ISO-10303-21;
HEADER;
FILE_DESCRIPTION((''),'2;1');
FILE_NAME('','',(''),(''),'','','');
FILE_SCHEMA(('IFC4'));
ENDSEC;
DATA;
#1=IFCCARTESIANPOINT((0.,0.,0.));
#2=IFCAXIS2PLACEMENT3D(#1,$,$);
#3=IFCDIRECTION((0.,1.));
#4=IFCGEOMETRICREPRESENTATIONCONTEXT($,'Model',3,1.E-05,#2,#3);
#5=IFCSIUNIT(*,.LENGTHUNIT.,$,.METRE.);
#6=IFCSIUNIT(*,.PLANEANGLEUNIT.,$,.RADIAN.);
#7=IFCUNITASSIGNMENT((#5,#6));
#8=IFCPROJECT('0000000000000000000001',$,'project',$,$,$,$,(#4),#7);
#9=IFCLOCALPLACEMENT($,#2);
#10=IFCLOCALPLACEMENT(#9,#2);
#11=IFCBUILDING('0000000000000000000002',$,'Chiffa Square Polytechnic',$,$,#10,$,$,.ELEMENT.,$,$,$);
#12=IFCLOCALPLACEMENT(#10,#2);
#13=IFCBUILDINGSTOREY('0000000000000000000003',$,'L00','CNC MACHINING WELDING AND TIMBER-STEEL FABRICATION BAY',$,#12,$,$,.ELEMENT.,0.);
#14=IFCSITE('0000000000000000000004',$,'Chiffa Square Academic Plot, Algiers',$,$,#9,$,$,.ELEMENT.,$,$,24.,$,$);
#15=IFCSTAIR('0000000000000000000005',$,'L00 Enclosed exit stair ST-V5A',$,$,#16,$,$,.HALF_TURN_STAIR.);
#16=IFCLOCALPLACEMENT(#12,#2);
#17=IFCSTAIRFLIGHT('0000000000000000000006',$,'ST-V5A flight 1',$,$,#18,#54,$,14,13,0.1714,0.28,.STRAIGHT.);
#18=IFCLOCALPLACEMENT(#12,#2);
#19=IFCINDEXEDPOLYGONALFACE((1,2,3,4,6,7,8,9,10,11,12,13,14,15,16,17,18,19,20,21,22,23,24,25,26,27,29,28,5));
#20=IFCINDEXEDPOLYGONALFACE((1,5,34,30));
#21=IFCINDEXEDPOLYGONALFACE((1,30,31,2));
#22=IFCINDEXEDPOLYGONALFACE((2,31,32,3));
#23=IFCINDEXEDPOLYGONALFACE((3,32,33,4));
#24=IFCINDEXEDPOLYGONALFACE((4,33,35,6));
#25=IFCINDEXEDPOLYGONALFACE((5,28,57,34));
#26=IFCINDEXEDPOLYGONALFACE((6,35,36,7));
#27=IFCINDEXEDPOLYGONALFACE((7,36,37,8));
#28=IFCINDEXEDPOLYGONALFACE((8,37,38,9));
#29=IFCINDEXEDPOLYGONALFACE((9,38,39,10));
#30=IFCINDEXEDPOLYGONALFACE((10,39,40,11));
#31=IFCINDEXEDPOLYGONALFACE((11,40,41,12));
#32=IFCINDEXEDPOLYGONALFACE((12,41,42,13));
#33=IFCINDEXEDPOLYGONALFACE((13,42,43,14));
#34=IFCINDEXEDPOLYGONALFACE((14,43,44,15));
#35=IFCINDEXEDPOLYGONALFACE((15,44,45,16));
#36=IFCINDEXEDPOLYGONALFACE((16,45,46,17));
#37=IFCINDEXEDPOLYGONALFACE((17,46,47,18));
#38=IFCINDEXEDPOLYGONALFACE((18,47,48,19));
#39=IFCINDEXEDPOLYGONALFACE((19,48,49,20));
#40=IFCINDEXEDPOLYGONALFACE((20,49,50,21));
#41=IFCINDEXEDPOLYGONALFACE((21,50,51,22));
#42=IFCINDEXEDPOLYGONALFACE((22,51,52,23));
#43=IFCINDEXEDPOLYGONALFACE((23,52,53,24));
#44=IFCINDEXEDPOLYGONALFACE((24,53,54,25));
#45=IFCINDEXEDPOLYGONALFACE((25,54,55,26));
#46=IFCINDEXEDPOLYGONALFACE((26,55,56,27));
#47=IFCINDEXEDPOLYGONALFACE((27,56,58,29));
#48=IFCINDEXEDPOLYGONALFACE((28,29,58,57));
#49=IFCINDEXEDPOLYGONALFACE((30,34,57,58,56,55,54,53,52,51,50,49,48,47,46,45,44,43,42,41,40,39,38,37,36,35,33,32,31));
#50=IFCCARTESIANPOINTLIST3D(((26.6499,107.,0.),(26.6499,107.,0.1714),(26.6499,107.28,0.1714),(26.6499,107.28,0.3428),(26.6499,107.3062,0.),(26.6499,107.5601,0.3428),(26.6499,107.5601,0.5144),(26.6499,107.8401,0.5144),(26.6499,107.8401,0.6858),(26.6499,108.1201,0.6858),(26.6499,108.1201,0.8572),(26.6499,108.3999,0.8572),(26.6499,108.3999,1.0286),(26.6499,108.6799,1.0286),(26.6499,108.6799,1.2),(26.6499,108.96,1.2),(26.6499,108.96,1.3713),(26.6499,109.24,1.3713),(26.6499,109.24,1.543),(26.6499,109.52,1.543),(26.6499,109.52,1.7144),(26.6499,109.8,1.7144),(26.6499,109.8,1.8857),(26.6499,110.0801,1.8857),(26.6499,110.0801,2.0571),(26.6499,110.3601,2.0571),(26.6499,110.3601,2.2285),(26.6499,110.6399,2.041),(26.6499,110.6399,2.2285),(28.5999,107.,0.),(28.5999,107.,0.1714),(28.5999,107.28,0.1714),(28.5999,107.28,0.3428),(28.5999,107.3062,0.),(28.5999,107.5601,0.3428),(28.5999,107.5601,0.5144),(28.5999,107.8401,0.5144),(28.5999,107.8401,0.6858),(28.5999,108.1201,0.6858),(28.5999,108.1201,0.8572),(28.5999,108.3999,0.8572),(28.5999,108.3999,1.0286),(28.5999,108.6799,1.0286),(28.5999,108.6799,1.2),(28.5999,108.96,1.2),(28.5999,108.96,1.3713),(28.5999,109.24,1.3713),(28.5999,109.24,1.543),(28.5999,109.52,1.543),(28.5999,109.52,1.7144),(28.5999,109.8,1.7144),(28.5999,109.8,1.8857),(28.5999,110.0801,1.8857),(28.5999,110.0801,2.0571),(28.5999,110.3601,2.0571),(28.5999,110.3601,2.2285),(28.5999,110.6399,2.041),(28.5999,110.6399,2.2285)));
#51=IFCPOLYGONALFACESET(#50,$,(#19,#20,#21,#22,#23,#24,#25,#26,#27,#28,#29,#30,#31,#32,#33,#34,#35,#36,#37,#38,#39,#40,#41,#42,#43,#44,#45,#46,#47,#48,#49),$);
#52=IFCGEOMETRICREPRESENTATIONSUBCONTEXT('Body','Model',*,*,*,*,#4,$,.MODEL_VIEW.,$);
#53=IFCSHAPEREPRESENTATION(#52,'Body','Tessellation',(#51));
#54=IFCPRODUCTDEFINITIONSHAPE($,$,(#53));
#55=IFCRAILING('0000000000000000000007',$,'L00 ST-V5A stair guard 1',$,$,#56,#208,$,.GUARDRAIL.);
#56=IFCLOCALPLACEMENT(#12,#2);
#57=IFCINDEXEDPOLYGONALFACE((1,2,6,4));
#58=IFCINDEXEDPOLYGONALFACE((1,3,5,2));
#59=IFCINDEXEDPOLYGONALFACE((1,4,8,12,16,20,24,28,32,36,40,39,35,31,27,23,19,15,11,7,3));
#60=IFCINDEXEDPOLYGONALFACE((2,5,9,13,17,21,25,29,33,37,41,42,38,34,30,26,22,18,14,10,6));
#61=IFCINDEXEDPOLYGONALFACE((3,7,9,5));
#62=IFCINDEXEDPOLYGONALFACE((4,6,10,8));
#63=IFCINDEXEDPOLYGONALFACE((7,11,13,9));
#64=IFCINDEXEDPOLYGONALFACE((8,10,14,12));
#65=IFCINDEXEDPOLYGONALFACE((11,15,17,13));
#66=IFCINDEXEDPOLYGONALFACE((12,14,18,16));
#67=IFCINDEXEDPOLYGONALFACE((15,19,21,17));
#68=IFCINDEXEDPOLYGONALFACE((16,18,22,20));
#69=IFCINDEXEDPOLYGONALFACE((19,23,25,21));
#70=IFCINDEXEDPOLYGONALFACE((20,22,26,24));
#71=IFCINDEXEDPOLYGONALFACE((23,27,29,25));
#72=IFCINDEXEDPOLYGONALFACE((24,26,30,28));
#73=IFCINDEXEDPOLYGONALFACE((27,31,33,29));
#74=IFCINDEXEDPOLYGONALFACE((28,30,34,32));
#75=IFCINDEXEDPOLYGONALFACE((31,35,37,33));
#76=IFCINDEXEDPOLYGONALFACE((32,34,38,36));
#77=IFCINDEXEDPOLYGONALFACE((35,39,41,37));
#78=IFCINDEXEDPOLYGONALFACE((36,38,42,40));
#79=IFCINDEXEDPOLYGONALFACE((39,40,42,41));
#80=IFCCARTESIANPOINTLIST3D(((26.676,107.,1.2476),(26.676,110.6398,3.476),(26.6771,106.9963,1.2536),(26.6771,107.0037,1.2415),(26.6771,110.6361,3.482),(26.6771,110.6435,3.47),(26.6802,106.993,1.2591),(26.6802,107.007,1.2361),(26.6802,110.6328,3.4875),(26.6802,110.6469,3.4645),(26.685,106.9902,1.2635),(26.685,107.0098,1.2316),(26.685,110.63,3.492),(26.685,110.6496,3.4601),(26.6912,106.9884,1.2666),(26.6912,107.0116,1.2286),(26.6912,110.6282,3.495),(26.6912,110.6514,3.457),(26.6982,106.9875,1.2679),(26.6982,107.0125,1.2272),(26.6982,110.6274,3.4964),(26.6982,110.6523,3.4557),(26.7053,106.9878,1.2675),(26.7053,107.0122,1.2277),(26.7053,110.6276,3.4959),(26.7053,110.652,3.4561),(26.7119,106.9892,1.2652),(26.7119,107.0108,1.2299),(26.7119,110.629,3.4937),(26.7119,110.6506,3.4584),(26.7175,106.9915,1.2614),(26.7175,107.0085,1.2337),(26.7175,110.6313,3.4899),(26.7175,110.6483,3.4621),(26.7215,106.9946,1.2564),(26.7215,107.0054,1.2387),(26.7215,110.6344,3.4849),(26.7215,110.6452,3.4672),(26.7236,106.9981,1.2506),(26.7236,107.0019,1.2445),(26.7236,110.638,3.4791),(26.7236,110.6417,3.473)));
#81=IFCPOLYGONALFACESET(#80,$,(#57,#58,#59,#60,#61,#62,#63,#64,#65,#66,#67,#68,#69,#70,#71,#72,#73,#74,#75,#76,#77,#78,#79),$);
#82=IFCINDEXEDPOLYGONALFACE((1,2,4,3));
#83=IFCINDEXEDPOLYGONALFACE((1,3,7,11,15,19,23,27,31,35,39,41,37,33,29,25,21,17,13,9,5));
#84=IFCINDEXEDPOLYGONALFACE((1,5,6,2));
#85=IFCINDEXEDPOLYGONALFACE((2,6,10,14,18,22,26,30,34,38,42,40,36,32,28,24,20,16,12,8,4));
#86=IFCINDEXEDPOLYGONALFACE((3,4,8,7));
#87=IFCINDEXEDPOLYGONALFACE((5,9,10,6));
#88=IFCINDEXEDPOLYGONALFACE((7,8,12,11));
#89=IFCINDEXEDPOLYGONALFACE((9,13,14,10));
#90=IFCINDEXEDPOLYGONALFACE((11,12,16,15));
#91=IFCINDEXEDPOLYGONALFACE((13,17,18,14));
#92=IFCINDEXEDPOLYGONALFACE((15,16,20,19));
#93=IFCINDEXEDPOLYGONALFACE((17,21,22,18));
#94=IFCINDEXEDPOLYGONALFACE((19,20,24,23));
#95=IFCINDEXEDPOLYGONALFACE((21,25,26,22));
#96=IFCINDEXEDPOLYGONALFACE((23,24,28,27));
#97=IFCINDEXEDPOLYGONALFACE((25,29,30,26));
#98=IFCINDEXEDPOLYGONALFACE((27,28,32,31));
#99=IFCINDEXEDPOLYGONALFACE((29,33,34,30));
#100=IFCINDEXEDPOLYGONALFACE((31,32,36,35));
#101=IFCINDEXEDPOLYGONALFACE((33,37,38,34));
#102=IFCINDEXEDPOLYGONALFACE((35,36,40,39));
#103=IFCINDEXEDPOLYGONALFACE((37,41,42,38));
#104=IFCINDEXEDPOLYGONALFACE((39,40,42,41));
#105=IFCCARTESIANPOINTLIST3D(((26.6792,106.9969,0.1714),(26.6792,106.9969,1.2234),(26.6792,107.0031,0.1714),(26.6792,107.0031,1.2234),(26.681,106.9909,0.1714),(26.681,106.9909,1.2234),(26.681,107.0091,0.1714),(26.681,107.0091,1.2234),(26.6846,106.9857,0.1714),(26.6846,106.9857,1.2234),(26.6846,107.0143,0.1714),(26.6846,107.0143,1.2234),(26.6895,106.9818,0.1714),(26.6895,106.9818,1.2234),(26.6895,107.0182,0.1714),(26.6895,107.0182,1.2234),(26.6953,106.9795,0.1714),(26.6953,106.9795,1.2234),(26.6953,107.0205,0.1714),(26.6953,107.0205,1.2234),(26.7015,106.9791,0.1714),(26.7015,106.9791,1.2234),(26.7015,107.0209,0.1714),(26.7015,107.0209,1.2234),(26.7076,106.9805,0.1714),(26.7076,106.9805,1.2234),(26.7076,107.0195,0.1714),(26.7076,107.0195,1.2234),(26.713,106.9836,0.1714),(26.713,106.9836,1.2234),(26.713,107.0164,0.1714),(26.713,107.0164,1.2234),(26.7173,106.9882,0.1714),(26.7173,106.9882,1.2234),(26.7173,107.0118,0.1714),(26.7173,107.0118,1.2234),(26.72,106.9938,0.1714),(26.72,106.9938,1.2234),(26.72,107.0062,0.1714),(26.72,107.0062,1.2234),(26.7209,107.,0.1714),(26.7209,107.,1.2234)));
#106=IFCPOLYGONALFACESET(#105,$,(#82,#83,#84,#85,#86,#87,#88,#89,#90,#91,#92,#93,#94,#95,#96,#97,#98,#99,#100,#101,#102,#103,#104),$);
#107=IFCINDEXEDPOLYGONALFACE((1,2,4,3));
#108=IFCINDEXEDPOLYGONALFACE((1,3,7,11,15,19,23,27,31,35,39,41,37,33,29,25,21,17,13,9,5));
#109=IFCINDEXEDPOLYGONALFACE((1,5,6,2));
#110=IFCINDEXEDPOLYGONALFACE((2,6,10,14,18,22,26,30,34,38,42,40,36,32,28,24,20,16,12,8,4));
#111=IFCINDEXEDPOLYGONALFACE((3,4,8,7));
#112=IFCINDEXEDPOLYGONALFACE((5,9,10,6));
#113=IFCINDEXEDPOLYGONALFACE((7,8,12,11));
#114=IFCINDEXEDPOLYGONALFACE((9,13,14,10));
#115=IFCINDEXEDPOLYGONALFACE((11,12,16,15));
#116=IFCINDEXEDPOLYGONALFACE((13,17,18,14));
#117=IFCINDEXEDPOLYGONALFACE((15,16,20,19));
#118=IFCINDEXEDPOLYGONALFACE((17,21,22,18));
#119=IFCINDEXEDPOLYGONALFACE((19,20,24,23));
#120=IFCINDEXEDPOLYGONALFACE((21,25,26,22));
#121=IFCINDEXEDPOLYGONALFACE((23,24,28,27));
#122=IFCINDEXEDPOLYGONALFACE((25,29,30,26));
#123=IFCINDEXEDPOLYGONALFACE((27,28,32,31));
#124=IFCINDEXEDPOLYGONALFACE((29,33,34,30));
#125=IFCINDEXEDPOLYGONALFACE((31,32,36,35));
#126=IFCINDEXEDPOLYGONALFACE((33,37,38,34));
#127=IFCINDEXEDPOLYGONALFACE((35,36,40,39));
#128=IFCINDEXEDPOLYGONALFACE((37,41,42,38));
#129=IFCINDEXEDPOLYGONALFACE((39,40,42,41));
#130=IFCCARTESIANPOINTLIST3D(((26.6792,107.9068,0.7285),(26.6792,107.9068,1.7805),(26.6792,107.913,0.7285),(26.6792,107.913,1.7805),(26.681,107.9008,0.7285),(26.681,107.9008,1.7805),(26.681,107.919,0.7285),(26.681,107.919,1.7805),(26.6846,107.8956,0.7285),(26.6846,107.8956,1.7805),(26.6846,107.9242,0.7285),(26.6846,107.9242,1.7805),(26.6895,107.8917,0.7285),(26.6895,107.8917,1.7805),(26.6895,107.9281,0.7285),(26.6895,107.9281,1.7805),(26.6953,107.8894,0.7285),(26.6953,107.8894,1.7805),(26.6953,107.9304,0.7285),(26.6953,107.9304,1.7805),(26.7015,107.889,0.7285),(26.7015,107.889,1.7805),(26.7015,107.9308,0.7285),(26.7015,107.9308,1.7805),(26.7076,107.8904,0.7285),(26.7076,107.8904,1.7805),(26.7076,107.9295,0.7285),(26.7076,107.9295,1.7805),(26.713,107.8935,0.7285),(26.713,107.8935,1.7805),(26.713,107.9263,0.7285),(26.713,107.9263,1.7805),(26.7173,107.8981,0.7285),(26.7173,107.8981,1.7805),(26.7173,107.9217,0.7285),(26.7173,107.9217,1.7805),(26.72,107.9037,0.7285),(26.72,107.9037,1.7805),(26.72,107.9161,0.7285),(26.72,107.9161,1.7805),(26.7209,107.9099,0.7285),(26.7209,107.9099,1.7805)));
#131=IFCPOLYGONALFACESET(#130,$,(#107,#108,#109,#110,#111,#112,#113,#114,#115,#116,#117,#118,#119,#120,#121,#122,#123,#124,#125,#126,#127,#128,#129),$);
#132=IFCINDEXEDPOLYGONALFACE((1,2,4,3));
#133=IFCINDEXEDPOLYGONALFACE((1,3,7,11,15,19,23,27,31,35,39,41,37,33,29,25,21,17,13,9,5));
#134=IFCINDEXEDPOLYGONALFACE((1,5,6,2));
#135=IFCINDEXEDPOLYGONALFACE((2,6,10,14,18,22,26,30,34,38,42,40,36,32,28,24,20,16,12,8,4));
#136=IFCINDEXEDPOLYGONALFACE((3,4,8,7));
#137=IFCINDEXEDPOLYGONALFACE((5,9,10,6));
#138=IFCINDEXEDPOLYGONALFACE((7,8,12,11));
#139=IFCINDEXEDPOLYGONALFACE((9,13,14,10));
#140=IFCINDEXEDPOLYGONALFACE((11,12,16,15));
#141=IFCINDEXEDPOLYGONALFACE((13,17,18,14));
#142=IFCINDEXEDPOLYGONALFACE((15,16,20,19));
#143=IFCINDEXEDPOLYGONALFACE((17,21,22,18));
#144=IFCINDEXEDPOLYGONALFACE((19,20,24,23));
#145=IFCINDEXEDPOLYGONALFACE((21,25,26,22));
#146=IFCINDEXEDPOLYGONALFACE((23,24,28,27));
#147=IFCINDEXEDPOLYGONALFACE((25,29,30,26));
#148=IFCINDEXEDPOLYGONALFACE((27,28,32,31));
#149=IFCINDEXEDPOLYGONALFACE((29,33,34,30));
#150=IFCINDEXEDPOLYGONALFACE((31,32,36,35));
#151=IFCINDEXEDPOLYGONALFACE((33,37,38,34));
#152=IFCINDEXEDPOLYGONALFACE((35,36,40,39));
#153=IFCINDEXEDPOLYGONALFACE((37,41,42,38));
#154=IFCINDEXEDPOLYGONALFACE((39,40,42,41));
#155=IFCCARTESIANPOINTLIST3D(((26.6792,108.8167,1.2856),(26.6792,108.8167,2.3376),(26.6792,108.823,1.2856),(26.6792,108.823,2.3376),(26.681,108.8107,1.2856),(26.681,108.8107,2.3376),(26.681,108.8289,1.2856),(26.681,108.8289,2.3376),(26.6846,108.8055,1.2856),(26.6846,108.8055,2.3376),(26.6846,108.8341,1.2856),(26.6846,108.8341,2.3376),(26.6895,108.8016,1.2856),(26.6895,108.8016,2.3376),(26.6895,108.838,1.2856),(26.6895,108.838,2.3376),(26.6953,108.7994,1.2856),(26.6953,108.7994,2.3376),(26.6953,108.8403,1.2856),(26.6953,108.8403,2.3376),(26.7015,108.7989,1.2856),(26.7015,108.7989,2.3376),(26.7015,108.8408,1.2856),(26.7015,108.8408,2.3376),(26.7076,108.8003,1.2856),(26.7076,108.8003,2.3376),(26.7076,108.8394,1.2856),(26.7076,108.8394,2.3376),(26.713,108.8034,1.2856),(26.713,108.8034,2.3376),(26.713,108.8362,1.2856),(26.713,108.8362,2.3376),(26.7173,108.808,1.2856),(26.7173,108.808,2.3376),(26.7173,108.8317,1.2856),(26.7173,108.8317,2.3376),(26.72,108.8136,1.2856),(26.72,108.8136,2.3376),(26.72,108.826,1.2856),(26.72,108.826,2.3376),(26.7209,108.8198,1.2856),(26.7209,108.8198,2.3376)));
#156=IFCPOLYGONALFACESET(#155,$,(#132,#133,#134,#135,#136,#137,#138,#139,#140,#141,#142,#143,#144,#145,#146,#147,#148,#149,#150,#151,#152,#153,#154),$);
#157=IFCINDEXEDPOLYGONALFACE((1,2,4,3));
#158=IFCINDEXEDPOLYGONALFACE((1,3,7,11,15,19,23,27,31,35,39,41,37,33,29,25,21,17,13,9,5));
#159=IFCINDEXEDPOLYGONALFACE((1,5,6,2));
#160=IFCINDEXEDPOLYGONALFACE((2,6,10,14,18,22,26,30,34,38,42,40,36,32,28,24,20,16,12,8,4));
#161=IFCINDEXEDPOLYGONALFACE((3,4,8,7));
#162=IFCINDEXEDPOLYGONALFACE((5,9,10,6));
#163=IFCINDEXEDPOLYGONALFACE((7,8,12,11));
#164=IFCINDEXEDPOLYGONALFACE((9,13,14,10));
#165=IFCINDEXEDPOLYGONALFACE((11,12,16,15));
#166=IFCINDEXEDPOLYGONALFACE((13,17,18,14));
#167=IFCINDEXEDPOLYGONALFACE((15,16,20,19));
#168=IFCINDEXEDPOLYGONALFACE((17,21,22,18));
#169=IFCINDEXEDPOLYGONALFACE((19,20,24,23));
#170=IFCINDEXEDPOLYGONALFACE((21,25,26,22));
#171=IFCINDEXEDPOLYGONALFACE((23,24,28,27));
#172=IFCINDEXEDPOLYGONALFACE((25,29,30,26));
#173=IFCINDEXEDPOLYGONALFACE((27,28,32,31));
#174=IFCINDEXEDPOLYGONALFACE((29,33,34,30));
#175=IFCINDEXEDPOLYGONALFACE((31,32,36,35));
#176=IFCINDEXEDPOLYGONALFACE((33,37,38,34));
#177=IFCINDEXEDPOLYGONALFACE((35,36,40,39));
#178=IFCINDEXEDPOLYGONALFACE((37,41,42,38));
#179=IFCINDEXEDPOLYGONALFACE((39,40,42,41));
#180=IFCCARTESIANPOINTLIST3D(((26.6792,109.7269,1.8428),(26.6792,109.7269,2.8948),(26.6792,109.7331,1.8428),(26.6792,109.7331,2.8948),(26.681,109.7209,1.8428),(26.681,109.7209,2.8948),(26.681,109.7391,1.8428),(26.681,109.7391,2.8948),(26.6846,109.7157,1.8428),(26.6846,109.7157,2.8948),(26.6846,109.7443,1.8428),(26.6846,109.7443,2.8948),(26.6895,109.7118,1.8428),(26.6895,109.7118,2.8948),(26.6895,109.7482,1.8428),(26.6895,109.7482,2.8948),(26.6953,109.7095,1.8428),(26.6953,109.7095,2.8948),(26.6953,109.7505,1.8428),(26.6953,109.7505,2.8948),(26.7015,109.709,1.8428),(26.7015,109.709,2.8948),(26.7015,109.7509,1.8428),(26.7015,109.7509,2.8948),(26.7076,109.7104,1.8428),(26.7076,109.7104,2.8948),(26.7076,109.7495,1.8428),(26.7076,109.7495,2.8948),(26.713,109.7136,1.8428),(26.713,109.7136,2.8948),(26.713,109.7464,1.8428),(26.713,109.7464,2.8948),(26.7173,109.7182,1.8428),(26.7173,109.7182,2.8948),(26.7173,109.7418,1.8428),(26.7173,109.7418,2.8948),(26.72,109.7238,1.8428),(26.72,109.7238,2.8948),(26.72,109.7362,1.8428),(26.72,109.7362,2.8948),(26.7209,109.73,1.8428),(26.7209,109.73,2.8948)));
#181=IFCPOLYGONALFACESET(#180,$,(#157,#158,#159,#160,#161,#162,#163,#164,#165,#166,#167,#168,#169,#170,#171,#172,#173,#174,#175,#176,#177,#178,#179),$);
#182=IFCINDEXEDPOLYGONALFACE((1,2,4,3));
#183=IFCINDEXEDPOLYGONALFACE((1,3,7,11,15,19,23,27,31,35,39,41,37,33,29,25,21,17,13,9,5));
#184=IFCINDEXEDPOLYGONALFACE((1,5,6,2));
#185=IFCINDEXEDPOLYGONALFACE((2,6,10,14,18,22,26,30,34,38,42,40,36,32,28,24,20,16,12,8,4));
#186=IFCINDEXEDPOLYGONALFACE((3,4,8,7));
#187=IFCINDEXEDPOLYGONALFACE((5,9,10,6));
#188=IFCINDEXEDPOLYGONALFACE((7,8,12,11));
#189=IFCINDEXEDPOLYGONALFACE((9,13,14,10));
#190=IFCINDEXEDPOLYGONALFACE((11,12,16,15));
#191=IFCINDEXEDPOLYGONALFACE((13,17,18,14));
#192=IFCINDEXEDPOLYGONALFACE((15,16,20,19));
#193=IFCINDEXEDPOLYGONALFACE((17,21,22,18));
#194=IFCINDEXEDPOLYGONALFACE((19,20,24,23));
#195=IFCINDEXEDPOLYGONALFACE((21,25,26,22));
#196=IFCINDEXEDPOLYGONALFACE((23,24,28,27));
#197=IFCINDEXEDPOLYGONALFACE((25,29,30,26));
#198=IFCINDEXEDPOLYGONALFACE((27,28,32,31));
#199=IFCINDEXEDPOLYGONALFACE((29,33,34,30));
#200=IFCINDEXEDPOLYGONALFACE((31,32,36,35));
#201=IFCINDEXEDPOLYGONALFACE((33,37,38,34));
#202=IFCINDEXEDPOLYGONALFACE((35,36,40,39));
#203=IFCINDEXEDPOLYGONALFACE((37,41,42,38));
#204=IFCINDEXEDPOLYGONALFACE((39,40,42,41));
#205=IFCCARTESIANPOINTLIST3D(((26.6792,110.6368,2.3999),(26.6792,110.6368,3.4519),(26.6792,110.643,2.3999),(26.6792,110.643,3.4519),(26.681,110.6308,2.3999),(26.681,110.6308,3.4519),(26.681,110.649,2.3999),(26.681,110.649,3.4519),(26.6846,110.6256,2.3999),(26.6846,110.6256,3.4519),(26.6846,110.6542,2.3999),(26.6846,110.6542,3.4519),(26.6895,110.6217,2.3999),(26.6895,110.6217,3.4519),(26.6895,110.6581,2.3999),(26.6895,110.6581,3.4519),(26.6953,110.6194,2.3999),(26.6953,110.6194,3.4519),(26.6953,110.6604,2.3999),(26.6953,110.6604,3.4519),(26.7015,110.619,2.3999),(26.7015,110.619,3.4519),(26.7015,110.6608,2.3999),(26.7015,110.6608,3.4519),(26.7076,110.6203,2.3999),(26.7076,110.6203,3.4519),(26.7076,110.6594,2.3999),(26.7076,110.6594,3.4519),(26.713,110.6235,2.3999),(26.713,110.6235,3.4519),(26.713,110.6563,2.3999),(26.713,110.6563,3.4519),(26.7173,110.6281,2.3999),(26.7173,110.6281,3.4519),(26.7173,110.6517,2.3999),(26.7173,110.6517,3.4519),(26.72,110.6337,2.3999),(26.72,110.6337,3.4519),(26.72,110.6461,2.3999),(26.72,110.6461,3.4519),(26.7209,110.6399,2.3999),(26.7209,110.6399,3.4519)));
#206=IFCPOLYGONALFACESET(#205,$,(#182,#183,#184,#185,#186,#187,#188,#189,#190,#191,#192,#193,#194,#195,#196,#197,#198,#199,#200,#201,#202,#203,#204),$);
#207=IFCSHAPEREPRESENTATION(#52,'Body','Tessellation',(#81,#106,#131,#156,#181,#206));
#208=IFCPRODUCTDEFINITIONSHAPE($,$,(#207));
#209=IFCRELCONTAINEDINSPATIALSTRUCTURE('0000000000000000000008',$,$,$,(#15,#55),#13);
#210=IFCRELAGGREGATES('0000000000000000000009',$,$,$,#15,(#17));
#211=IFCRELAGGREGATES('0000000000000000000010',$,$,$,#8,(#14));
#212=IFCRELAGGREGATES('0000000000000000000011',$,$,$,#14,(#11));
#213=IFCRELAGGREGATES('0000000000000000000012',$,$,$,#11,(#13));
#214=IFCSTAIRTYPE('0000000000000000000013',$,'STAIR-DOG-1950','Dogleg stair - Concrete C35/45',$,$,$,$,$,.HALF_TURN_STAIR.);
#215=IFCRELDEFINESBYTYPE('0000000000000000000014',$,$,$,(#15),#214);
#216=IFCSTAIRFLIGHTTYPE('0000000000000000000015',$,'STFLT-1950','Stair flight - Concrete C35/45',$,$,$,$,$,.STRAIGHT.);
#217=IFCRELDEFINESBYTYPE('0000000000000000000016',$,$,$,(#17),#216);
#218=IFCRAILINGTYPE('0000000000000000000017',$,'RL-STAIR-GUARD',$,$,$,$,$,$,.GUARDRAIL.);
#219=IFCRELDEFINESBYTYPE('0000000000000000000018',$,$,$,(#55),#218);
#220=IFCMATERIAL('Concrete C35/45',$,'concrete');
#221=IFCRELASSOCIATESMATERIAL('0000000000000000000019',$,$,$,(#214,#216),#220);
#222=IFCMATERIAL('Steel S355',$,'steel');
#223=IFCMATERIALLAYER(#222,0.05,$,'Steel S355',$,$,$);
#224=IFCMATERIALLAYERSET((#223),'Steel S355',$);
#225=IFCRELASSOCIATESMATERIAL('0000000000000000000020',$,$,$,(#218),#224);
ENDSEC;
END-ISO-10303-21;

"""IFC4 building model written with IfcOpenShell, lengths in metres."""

from ifc_helpers import new_model, si_unit, direction, frame, origin, origin_2d, place, context, subcontext, project, spatial, polyline, circle, outline, extrude, material, layer, layer_set, type_object, element, aggregate, save


model = new_model("IFC4")

# Units and contexts
model_context = context("Model", 3, precision=1e-05, world=origin(), true_north=direction((0.0, 1.0)))
body_context = subcontext(model_context, "Body", "Model", "MODEL_VIEW")
ifc_project = project(units=[si_unit("LENGTHUNIT", "METRE"), si_unit("PLANEANGLEUNIT", "RADIAN")], contexts=[model_context])

# Site, building, storey
site_placement = place(None, origin())
site = spatial("IfcSite", under=ifc_project, at=site_placement, Name="Chiffa Square Academic Plot, Algiers", CompositionType="ELEMENT", RefElevation=24.0)
building_placement = place(site_placement, origin())
building = spatial("IfcBuilding", under=site, at=building_placement, Name="Chiffa Square Polytechnic", CompositionType="ELEMENT")
storey_placement = place(building_placement, origin())
storey = spatial("IfcBuildingStorey", under=building, at=storey_placement, Name="L00", Description="CNC MACHINING WELDING AND TIMBER-STEEL FABRICATION BAY", CompositionType="ELEMENT", Elevation=0.0)

# Shared definitions
ifc_material_1 = material(Name="Concrete C35/45", Category="concrete")

# Stair, stair flight
stair_type = type_object("IfcStairType", Name="STAIR-DOG-1950", Description="Dogleg stair - Concrete C35/45", PredefinedType="HALF_TURN_STAIR", material=ifc_material_1)
stair_placement = place(storey_placement, origin())
stair = element("IfcStair", 1, at=stair_placement, inside=storey, type_object=stair_type, Name="L00 Enclosed exit stair ST-V5A", PredefinedType="HALF_TURN_STAIR")
stair_flight_type = type_object("IfcStairFlightType", Name="STFLT-1950", Description="Stair flight - Concrete C35/45", PredefinedType="STRAIGHT", material=ifc_material_1)
stair_flight_placement = place(storey_placement, frame((27.625, 107.0, 0.0), z_axis=(0.0, 0.0, 1.0), x_axis=(0.0, 1.0, 0.0)))
stair_flight = element("IfcStairFlight", 2, at=stair_flight_placement, type_object=stair_flight_type, Name="ST-V5A flight 1", NumberOfRisers=14, NumberOfTreads=13, PredefinedType="STRAIGHT", RiserHeight=0.1714, TreadLength=0.28, context=body_context, shape_type="SweptSolid", body=[
    extrude(outline(polyline([(0.0, 0.0), (0.0, 0.1714), (0.28, 0.1714), (0.28, 0.3428), (0.5601, 0.3428), (0.5601, 0.5144), (0.8401, 0.5144), (0.8401, 0.6858), (1.1201, 0.6858), (1.1201, 0.8572), (1.3999, 0.8572), (1.3999, 1.0286), (1.6799, 1.0286), (1.6799, 1.2), (1.96, 1.2), (1.96, 1.3713), (2.24, 1.3713), (2.24, 1.543), (2.52, 1.543), (2.52, 1.7144), (2.8, 1.7144), (2.8, 1.8857), (3.0801, 1.8857), (3.0801, 2.0571), (3.3601, 2.0571), (3.3601, 2.2285), (3.6399, 2.2285), (3.6399, 2.3999), (3.6399, 2.041), (0.3062, 0.0), (0.0, 0.0)])), frame((0.0, 0.9751, 0.0), z_axis=(0.0, -1.0, 0.0), x_axis=(1.0, 0.0, 0.0)), (0.0, 0.0, 1.0), 1.95),
])
aggregate(stair, [stair_flight])

# Railing
ifc_material_2 = material(Name="Steel S355", Category="steel")
ifc_layer_1 = layer(ifc_material_2, 0.05, Name="Steel S355")
ifc_layer_set_1 = layer_set([ifc_layer_1], Name="Steel S355")
railing_type_1 = type_object("IfcRailingType", Name="RL-STAIR-GUARD", PredefinedType="GUARDRAIL", material=ifc_layer_set_1)
railing_1_placement = place(storey_placement, frame((26.7, 107.0, 0.1714)))
element("IfcRailing", 3, at=railing_1_placement, inside=storey, type_object=railing_type_1, Name="L00 ST-V5A stair guard 1", PredefinedType="GUARDRAIL", context=body_context, shape_type="SweptSolid", body=[
    extrude(circle(Radius=0.0239, at=origin_2d()), frame((0.0, 0.0, 1.0762), z_axis=(0.0, 0.85285, 0.522156), x_axis=(-1.0, 0.0, 0.0)), (0.0, 0.0, 1.0), 4.2678),
    extrude(circle(Radius=0.021, at=origin_2d()), origin(), (0.0, 0.0, 1.0), 1.052),
    extrude(circle(Radius=0.021, at=origin_2d()), frame((0.0, 0.9099, 0.5571)), (0.0, 0.0, 1.0), 1.052),
    extrude(circle(Radius=0.021, at=origin_2d()), frame((0.0, 1.8198, 1.1143)), (0.0, 0.0, 1.0), 1.052),
    extrude(circle(Radius=0.021, at=origin_2d()), frame((0.0, 2.73, 1.6714)), (0.0, 0.0, 1.0), 1.052),
    extrude(circle(Radius=0.021, at=origin_2d()), frame((0.0, 3.6399, 2.2285)), (0.0, 0.0, 1.0), 1.052),
])

save(model, "model.ifc")
